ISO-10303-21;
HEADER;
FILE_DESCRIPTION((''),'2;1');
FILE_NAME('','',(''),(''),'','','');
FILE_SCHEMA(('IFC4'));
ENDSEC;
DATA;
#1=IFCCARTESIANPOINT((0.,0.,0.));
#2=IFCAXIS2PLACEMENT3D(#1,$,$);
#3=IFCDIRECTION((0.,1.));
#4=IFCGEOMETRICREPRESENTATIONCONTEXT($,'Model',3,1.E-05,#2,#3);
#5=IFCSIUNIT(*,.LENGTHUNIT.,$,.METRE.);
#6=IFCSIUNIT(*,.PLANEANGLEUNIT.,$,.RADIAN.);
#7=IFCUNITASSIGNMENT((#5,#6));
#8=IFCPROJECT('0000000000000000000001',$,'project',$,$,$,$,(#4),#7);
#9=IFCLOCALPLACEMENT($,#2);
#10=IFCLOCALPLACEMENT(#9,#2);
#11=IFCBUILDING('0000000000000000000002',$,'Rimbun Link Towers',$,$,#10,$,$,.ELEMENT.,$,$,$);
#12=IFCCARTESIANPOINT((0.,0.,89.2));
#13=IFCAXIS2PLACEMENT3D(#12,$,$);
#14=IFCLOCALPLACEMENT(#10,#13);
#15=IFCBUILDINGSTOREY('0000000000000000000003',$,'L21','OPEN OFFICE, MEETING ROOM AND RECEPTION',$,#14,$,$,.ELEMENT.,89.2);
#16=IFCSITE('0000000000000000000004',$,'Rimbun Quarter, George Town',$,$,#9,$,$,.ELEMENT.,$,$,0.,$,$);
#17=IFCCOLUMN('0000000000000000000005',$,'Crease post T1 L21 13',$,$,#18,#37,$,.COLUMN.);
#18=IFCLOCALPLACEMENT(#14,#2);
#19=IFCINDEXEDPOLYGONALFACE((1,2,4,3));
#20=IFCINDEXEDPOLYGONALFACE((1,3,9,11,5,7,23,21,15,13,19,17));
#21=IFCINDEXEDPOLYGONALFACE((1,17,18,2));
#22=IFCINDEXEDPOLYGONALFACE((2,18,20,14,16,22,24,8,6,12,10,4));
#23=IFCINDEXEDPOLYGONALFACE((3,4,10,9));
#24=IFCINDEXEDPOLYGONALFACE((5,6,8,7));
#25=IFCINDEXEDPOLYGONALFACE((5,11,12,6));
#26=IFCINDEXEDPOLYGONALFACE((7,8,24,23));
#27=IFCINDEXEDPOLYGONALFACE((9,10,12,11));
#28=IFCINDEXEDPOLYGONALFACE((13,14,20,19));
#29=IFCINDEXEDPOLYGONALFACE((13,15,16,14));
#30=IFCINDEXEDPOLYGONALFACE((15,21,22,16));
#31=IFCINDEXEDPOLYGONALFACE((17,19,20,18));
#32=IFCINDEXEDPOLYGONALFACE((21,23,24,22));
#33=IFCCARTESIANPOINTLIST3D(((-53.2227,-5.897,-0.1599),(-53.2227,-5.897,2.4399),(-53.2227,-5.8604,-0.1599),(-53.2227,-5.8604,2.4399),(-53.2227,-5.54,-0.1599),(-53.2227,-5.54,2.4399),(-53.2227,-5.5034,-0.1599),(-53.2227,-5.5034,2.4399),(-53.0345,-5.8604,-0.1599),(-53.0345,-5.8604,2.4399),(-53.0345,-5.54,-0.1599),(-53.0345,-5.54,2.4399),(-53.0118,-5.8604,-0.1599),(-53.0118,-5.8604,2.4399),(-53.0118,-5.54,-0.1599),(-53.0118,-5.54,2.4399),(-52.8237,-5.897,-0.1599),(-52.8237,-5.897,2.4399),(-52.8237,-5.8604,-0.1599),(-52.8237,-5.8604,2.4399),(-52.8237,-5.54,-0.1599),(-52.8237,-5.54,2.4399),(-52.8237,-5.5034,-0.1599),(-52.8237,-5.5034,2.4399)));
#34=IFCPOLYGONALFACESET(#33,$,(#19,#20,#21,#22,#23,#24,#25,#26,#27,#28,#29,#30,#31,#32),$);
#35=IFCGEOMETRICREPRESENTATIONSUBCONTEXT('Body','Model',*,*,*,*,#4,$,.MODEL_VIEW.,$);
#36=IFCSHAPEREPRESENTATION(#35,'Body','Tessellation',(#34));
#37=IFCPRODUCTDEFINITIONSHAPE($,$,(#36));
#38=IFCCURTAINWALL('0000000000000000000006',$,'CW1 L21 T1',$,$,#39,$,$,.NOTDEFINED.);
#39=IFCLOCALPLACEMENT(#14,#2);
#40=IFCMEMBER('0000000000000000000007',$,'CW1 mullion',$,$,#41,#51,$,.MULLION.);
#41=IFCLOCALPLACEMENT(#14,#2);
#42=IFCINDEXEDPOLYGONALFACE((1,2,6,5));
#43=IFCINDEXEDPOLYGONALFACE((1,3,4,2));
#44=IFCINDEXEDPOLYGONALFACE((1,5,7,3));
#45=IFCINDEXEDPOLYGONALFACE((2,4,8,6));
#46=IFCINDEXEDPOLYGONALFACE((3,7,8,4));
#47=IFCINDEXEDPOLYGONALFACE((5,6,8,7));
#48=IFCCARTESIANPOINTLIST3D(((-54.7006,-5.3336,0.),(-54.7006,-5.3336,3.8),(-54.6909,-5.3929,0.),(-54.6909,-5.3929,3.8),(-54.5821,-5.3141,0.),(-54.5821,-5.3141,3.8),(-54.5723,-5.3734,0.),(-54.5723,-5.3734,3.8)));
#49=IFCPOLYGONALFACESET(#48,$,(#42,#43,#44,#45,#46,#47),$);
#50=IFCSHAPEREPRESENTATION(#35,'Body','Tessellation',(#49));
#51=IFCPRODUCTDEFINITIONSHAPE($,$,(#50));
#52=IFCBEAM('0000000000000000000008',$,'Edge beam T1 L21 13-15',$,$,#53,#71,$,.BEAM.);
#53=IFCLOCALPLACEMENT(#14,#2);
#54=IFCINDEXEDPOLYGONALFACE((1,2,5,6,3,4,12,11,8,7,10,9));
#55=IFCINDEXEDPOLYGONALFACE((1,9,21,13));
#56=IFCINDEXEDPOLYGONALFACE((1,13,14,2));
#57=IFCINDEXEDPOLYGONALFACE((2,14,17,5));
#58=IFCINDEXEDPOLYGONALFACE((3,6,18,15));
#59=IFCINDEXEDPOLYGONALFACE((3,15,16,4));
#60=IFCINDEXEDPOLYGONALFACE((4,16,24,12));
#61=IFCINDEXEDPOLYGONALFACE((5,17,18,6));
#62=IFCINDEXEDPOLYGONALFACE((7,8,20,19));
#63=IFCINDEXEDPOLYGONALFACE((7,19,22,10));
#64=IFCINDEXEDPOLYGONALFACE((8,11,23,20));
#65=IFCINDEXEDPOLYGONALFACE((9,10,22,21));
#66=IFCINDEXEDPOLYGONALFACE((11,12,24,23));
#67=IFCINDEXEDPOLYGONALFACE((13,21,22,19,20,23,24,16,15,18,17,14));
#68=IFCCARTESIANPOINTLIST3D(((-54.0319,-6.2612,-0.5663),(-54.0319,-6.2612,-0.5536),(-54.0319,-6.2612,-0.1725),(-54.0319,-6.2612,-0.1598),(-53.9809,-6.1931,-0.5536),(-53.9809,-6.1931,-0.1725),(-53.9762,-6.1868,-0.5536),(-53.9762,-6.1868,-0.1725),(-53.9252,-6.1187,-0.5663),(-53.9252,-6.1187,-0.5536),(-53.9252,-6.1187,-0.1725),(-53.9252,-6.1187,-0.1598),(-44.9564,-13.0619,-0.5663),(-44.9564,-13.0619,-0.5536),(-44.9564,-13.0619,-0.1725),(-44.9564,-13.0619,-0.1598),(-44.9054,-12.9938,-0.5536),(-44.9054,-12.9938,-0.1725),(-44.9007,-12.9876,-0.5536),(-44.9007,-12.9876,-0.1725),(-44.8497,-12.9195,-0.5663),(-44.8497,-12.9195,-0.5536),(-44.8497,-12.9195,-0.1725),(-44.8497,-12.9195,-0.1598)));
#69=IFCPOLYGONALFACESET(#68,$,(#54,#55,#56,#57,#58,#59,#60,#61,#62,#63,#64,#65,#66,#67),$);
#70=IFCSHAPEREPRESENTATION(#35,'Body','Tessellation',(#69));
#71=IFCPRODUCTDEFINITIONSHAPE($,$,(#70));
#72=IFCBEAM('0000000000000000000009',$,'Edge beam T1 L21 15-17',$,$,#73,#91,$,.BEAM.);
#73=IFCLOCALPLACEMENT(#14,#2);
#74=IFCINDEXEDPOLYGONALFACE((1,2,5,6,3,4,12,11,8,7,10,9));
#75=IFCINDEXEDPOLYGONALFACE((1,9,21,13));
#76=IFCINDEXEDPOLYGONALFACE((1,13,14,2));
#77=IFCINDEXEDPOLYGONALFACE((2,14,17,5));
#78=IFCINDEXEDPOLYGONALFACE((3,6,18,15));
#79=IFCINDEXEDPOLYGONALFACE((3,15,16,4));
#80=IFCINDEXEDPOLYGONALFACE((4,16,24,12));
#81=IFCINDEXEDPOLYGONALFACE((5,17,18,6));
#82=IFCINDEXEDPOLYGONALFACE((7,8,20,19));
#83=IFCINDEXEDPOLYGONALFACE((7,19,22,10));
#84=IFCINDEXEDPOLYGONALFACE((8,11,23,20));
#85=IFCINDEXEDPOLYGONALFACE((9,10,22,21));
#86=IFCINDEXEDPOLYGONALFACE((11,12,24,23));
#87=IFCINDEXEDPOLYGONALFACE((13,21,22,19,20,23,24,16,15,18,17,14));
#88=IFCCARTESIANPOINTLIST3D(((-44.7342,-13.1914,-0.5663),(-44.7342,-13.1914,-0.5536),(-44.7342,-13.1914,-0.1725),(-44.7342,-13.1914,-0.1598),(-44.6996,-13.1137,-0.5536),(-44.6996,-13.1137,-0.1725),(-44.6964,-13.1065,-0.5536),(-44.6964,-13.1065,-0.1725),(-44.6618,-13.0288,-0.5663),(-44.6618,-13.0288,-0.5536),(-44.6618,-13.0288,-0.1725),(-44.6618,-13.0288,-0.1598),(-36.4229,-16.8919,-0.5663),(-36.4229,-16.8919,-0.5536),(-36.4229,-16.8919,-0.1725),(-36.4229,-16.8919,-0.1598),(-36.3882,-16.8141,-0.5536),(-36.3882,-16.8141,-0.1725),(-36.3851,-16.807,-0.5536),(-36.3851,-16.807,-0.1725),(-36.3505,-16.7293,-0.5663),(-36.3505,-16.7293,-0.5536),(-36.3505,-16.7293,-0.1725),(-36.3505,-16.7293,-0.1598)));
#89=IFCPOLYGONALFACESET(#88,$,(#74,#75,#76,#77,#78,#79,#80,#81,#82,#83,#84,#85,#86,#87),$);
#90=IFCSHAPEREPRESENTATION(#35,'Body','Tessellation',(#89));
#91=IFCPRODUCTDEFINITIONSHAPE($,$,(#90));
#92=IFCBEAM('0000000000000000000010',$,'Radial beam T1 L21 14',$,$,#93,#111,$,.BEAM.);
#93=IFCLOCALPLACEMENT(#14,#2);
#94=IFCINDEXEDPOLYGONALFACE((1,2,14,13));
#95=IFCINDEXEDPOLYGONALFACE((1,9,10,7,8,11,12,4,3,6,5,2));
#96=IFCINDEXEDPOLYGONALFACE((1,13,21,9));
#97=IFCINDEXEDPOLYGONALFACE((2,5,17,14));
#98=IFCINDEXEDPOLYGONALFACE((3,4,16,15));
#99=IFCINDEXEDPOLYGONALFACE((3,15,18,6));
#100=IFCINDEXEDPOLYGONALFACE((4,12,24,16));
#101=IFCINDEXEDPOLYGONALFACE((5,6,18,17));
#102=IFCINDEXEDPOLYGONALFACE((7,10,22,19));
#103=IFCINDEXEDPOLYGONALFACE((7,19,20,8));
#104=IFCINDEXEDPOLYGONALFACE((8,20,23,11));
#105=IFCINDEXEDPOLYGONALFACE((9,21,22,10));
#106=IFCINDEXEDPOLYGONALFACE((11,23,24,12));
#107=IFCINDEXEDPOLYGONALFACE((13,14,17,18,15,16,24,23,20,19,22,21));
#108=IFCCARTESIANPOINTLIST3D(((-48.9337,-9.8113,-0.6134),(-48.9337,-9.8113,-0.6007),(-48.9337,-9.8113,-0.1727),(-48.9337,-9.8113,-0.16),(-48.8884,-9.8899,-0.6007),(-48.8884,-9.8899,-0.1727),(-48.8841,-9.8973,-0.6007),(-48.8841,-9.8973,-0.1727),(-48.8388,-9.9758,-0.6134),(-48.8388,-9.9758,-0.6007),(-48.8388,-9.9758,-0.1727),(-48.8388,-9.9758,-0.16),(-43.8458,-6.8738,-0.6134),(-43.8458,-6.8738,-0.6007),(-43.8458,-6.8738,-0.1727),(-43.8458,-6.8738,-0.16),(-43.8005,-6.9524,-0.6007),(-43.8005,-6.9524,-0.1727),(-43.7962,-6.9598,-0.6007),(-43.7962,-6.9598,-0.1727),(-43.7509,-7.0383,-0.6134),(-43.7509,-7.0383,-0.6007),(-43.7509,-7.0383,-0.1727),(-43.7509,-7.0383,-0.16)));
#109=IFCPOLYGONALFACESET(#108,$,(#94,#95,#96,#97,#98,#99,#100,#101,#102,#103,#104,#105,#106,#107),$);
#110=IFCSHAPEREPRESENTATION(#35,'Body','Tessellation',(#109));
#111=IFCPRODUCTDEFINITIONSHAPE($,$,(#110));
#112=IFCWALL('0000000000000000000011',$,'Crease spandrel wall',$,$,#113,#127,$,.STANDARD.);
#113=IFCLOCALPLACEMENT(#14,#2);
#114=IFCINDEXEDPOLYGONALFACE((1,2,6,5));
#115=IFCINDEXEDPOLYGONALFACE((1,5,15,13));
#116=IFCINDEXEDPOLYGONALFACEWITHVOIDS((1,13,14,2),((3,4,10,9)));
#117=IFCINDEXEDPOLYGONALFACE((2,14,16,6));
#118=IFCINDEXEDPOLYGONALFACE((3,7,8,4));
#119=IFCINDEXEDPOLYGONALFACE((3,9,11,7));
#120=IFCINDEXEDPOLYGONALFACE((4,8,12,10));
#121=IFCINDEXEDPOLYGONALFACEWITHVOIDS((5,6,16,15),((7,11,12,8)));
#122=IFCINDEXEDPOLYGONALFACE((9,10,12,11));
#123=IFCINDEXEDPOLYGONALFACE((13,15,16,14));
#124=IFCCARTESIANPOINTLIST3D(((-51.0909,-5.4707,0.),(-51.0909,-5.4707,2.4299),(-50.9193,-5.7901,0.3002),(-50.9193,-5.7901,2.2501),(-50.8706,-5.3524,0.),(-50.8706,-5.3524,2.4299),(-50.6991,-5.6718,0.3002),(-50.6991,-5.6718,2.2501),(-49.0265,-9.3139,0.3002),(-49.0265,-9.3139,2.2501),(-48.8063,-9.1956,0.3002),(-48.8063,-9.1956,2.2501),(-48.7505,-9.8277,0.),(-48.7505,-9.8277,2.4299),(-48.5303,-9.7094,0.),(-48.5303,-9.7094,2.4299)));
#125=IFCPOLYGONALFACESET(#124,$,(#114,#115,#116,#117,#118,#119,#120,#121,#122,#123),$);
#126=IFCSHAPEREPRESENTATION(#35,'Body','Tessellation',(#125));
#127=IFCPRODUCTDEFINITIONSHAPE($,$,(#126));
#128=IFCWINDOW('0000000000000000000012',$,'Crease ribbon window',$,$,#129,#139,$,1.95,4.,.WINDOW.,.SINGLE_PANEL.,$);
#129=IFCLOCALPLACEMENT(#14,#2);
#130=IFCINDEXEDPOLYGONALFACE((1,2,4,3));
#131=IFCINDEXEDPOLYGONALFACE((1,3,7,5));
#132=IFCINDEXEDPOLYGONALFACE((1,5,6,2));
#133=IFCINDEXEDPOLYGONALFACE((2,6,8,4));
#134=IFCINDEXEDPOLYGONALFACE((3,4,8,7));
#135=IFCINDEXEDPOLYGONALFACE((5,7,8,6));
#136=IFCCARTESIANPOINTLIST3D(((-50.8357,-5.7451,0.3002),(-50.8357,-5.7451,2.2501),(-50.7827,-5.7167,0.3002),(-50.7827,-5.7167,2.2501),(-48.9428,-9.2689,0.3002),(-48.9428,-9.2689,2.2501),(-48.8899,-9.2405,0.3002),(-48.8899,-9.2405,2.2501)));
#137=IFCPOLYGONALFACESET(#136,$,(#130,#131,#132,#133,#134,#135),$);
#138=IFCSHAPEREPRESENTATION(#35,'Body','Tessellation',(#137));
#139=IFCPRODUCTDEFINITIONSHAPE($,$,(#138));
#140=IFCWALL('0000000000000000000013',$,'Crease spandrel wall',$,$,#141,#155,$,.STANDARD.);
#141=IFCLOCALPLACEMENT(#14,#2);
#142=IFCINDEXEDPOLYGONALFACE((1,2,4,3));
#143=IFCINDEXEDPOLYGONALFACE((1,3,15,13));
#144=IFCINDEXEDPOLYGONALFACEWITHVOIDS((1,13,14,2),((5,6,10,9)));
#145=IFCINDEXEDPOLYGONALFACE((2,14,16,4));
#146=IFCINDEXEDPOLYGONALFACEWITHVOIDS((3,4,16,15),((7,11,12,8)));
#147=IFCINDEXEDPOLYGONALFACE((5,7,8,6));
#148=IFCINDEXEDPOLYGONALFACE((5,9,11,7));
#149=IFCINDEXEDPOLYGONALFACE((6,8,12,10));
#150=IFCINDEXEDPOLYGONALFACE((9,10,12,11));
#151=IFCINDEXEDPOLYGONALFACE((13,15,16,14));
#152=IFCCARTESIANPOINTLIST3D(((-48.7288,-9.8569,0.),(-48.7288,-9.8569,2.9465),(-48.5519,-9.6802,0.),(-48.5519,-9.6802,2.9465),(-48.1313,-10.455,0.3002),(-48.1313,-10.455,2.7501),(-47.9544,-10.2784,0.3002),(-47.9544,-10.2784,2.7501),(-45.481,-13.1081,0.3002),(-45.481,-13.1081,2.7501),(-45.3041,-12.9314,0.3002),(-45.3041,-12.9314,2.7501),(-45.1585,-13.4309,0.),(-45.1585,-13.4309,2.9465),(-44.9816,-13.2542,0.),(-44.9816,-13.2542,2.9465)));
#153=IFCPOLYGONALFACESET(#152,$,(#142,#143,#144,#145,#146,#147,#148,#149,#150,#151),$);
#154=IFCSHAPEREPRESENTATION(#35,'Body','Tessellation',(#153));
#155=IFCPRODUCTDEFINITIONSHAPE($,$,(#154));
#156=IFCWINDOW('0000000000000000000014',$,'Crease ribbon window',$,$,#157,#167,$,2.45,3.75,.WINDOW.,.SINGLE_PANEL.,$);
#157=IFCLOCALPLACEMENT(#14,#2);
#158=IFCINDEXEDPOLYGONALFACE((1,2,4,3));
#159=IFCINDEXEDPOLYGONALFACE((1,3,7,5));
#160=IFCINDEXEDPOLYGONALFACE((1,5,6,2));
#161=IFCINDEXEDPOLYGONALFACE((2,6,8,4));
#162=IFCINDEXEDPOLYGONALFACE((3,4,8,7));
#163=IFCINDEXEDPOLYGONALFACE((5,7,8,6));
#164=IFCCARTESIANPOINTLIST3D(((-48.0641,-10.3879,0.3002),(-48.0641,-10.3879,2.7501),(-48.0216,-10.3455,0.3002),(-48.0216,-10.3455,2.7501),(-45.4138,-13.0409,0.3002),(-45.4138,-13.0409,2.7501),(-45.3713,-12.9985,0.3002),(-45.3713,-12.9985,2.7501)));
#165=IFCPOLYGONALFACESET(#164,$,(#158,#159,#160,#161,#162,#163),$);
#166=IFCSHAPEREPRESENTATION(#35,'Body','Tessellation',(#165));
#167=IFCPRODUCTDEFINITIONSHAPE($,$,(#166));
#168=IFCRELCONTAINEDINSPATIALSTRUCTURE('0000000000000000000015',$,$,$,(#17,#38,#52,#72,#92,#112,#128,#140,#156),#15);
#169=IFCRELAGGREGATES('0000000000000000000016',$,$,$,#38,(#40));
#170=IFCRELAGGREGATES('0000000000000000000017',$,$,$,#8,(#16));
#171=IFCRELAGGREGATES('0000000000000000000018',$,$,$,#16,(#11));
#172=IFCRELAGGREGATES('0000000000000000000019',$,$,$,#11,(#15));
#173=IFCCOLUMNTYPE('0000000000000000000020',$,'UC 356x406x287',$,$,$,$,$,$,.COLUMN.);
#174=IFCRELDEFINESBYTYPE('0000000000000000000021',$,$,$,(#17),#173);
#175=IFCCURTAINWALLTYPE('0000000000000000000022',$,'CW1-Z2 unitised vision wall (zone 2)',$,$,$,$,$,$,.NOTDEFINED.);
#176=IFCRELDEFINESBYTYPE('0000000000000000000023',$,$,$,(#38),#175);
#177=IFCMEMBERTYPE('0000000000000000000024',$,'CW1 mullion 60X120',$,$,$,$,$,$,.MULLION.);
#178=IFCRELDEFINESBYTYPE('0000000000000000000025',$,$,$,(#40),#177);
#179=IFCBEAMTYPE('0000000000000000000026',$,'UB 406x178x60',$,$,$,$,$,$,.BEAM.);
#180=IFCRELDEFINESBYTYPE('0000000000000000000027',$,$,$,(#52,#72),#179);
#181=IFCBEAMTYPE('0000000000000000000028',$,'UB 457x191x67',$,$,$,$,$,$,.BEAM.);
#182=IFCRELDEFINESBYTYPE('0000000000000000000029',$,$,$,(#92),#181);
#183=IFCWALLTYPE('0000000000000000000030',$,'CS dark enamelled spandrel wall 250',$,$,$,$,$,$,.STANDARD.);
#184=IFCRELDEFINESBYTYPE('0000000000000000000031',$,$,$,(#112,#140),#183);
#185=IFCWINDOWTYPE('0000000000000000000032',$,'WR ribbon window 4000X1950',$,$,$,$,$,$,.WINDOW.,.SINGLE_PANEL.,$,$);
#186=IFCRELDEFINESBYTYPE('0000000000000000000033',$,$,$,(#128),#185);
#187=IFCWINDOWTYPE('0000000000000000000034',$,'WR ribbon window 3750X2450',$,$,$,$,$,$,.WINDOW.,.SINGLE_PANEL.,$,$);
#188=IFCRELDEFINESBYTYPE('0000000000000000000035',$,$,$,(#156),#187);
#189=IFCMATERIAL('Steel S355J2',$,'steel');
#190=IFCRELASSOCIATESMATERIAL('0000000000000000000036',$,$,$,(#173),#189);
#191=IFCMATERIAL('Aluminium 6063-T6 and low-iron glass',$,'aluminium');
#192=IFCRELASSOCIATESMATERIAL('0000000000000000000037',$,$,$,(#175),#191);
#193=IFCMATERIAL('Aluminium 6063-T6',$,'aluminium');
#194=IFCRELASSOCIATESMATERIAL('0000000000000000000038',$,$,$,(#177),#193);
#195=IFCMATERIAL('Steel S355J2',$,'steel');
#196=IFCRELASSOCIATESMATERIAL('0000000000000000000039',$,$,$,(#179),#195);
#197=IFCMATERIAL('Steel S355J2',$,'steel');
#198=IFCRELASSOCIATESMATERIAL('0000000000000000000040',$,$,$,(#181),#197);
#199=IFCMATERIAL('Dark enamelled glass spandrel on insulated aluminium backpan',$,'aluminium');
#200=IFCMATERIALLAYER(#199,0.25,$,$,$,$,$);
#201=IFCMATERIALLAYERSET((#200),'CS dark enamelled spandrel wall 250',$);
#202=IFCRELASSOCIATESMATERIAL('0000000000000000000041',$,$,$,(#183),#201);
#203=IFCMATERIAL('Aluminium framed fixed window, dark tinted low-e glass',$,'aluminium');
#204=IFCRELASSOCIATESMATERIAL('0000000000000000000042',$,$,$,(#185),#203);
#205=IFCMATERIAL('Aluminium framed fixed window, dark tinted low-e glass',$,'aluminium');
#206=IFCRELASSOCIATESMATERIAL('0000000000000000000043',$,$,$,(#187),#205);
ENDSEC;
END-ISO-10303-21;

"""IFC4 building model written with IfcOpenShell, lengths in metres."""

from ifc_helpers import new_model, si_unit, direction, frame, frame_2d, origin, origin_2d, place, context, subcontext, project, spatial, rectangle, i_section, extrude, material, layer, layer_set, material_profile, profile_set, type_object, element, fill, aggregate, save


model = new_model("IFC4")

# Units and contexts
model_context = context("Model", 3, precision=1e-05, world=origin(), true_north=direction((0.0, 1.0)))
body_context = subcontext(model_context, "Body", "Model", "MODEL_VIEW")
ifc_project = project(units=[si_unit("LENGTHUNIT", "METRE"), si_unit("PLANEANGLEUNIT", "RADIAN")], contexts=[model_context])

# Site, building, storey
site_placement = place(None, origin())
site = spatial("IfcSite", under=ifc_project, at=site_placement, Name="Rimbun Quarter, George Town", CompositionType="ELEMENT", RefElevation=0.0)
building_placement = place(site_placement, origin())
building = spatial("IfcBuilding", under=site, at=building_placement, Name="Rimbun Link Towers", CompositionType="ELEMENT")
storey_placement = place(building_placement, frame((0.0, 0.0, 89.2)))
storey = spatial("IfcBuildingStorey", under=building, at=storey_placement, Name="L21", Description="OPEN OFFICE, MEETING ROOM AND RECEPTION", CompositionType="ELEMENT", Elevation=89.2)

# Column
ifc_material_1 = material(Name="Steel S355J2", Category="steel")
ifc_material_profile_1 = material_profile(ifc_material_1, i_section(OverallWidth=0.3989, OverallDepth=0.3936, WebThickness=0.0227, FlangeThickness=0.0366, at=origin_2d()), Name="UC 356x406x287")
ifc_profile_set_1 = profile_set([ifc_material_profile_1], Name="Steel S355J2")
column_type = type_object("IfcColumnType", Name="UC 356x406x287", PredefinedType="COLUMN", material=ifc_profile_set_1)
column_placement = place(storey_placement, frame((-53.0232, -5.7002, -0.1599), z_axis=(0.0, 0.0, 1.0), x_axis=(1.0, 0.0, 0.0)))
element("IfcColumn", 1, at=column_placement, inside=storey, type_object=column_type, Name="Crease post T1 L21 13", PredefinedType="COLUMN", context=body_context, shape_type="SweptSolid", body=[
    extrude(i_section(OverallWidth=0.3989, OverallDepth=0.3936, WebThickness=0.0227, FlangeThickness=0.0366, at=origin_2d()), origin(), (0.0, 0.0, 1.0), 2.5999),
])

# Curtain wall, member
ifc_material_2 = material(Name="Aluminium 6063-T6 and low-iron glass", Category="aluminium")
curtain_wall_type = type_object("IfcCurtainWallType", Name="CW1-Z2 unitised vision wall (zone 2)", PredefinedType="NOTDEFINED", material=ifc_material_2)
curtain_wall_placement = place(storey_placement, origin())
curtain_wall = element("IfcCurtainWall", 2, at=curtain_wall_placement, inside=storey, type_object=curtain_wall_type, Name="CW1 L21 T1", PredefinedType="NOTDEFINED")
ifc_material_3 = material(Name="Aluminium 6063-T6", Category="aluminium")
ifc_material_profile_2 = material_profile(ifc_material_3, rectangle(XDim=0.1201, YDim=0.0601, at=origin_2d()), Name="MULLION 60X120")
ifc_profile_set_2 = profile_set([ifc_material_profile_2], Name="Aluminium 6063-T6")
member_type_1 = type_object("IfcMemberType", Name="CW1 mullion 60X120", PredefinedType="MULLION", material=ifc_profile_set_2)
member_1_placement = place(storey_placement, frame((-54.6365, -5.3535, 0.0), z_axis=(0.0, 0.0, 1.0), x_axis=(-0.986749, -0.162255, 0.0)))
member_1 = element("IfcMember", 3, at=member_1_placement, type_object=member_type_1, Name="CW1 mullion", PredefinedType="MULLION", context=body_context, shape_type="SweptSolid", body=[
    extrude(rectangle(XDim=0.1201, YDim=0.0601, at=origin_2d()), origin(), (0.0, 0.0, 1.0), 3.8),
])
aggregate(curtain_wall, [member_1])

# Beams
ifc_material_4 = material(Name="Steel S355J2", Category="steel")
ifc_material_profile_3 = material_profile(ifc_material_4, i_section(OverallWidth=0.178, OverallDepth=0.4065, WebThickness=0.0078, FlangeThickness=0.0127, at=origin_2d()), Name="UB 406x178x60")
ifc_profile_set_3 = profile_set([ifc_material_profile_3], Name="Steel S355J2")
beam_type_1 = type_object("IfcBeamType", Name="UB 406x178x60", PredefinedType="BEAM", material=ifc_profile_set_3)
beam_1_placement = place(storey_placement, frame((-53.9785, -6.1899, -0.363), z_axis=(0.800245, -0.599673, 0.0), x_axis=(0.599673, 0.800245, 0.0)))
element("IfcBeam", 4, at=beam_1_placement, inside=storey, type_object=beam_type_1, Name="Edge beam T1 L21 13-15", PredefinedType="BEAM", context=body_context, shape_type="SweptSolid", body=[
    extrude(i_section(OverallWidth=0.178, OverallDepth=0.4065, WebThickness=0.0078, FlangeThickness=0.0127, at=origin_2d()), origin(), (0.0, 0.0, 1.0), 11.3408),
])
beam_2_placement = place(storey_placement, frame((-44.698, -13.1101, -0.363), z_axis=(0.913545, -0.406738, 0.0), x_axis=(0.406738, 0.913545, 0.0)))
element("IfcBeam", 5, at=beam_2_placement, inside=storey, type_object=beam_type_1, Name="Edge beam T1 L21 15-17", PredefinedType="BEAM", context=body_context, shape_type="SweptSolid", body=[
    extrude(i_section(OverallWidth=0.178, OverallDepth=0.4065, WebThickness=0.0078, FlangeThickness=0.0127, at=origin_2d()), origin(), (0.0, 0.0, 1.0), 9.0979),
])
ifc_material_5 = material(Name="Steel S355J2", Category="steel")
ifc_material_profile_4 = material_profile(ifc_material_5, i_section(OverallWidth=0.1899, OverallDepth=0.4534, WebThickness=0.0085, FlangeThickness=0.0127, at=origin_2d()), Name="UB 457x191x67")
ifc_profile_set_4 = profile_set([ifc_material_profile_4], Name="Steel S355J2")
beam_type_2 = type_object("IfcBeamType", Name="UB 457x191x67", PredefinedType="BEAM", material=ifc_profile_set_4)
beam_3_placement = place(storey_placement, frame((-43.7983, -6.9561, -0.3867), z_axis=(-0.866025, -0.500001, 0.0), x_axis=(0.500001, -0.866025, 0.0)))
element("IfcBeam", 6, at=beam_3_placement, inside=storey, type_object=beam_type_2, Name="Radial beam T1 L21 14", PredefinedType="BEAM", context=body_context, shape_type="SweptSolid", body=[
    extrude(i_section(OverallWidth=0.1899, OverallDepth=0.4534, WebThickness=0.0085, FlangeThickness=0.0127, at=origin_2d()), origin(), (0.0, 0.0, 1.0), 5.875),
])

# Walls, openings, windows
ifc_material_6 = material(Name="Dark enamelled glass spandrel on insulated aluminium backpan", Category="aluminium")
ifc_layer_1 = layer(ifc_material_6, 0.25)
ifc_layer_set_1 = layer_set([ifc_layer_1], Name="CS dark enamelled spandrel wall 250")
wall_type_1 = type_object("IfcWallType", Name="CS dark enamelled spandrel wall 250", PredefinedType="STANDARD", material=ifc_layer_set_1)
wall_1_placement = place(storey_placement, frame((-48.6404, -9.7686, 0.0), z_axis=(0.0, 0.0, 1.0), x_axis=(-0.473205, 0.880953, 0.0)))
wall_1 = element("IfcWall", 7, at=wall_1_placement, inside=storey, type_object=wall_type_1, Name="Crease spandrel wall", PredefinedType="STANDARD", context=body_context, shape_type="SweptSolid", body=[
    extrude(rectangle(XDim=4.9458, YDim=0.25, at=frame_2d((2.4729, 0.0))), origin(), (0.0, 0.0, 1.0), 2.4299),
])
opening_1_placement = place(wall_1_placement, frame((0.5833, 0.0, 0.3)))
opening_1 = element("IfcOpeningElement", 8, at=opening_1_placement, cuts=wall_1, PredefinedType="OPENING", context=body_context, shape_type="SweptSolid", body=[
    extrude(rectangle(XDim=4.0, YDim=1.95, at=frame_2d((2.0, 0.9751))), frame((0.0, 0.135, 0.0), z_axis=(0.0, -1.0, 0.0), x_axis=(1.0, 0.0, 0.0)), (0.0, 0.0, 1.0), 0.27),
])
ifc_material_7 = material(Name="Aluminium framed fixed window, dark tinted low-e glass", Category="aluminium")
window_type_1 = type_object("IfcWindowType", Name="WR ribbon window 4000X1950", PartitioningType="SINGLE_PANEL", PredefinedType="WINDOW", material=ifc_material_7)
window_1_placement = place(opening_1_placement, origin())
window_1 = element("IfcWindow", 9, at=window_1_placement, inside=storey, type_object=window_type_1, Name="Crease ribbon window", OverallHeight=1.95, OverallWidth=4.0, PartitioningType="SINGLE_PANEL", PredefinedType="WINDOW", context=body_context, shape_type="SweptSolid", body=[
    extrude(rectangle(XDim=4.0, YDim=1.95, at=frame_2d((2.0, 0.9751))), frame((0.0, 0.03, 0.0), z_axis=(0.0, -1.0, 0.0), x_axis=(1.0, 0.0, 0.0)), (0.0, 0.0, 1.0), 0.0601),
])
fill(opening_1, window_1)
wall_2_placement = place(storey_placement, frame((-45.0701, -13.3425, 0.0), z_axis=(0.0, 0.0, 1.0), x_axis=(-0.706744, 0.707469, 0.0)))
wall_2 = element("IfcWall", 10, at=wall_2_placement, inside=storey, type_object=wall_type_1, Name="Crease spandrel wall", PredefinedType="STANDARD", context=body_context, shape_type="SweptSolid", body=[
    extrude(rectangle(XDim=5.0518, YDim=0.25, at=frame_2d((2.5259, 0.0))), origin(), (0.0, 0.0, 1.0), 2.9465),
])
opening_2_placement = place(wall_2_placement, frame((0.4563, 0.0, 0.3)))
opening_2 = element("IfcOpeningElement", 11, at=opening_2_placement, cuts=wall_2, PredefinedType="OPENING", context=body_context, shape_type="SweptSolid", body=[
    extrude(rectangle(XDim=3.75, YDim=2.45, at=frame_2d((1.875, 1.2251))), frame((0.0, 0.135, 0.0), z_axis=(0.0, -1.0, 0.0), x_axis=(1.0, 0.0, 0.0)), (0.0, 0.0, 1.0), 0.27),
])
ifc_material_8 = material(Name="Aluminium framed fixed window, dark tinted low-e glass", Category="aluminium")
window_type_2 = type_object("IfcWindowType", Name="WR ribbon window 3750X2450", PartitioningType="SINGLE_PANEL", PredefinedType="WINDOW", material=ifc_material_8)
window_2_placement = place(opening_2_placement, origin())
window_2 = element("IfcWindow", 12, at=window_2_placement, inside=storey, type_object=window_type_2, Name="Crease ribbon window", OverallHeight=2.45, OverallWidth=3.75, PartitioningType="SINGLE_PANEL", PredefinedType="WINDOW", context=body_context, shape_type="SweptSolid", body=[
    extrude(rectangle(XDim=3.75, YDim=2.45, at=frame_2d((1.875, 1.2251))), frame((0.0, 0.03, 0.0), z_axis=(0.0, -1.0, 0.0), x_axis=(1.0, 0.0, 0.0)), (0.0, 0.0, 1.0), 0.0601),
])
fill(opening_2, window_2)

save(model, "model.ifc")
